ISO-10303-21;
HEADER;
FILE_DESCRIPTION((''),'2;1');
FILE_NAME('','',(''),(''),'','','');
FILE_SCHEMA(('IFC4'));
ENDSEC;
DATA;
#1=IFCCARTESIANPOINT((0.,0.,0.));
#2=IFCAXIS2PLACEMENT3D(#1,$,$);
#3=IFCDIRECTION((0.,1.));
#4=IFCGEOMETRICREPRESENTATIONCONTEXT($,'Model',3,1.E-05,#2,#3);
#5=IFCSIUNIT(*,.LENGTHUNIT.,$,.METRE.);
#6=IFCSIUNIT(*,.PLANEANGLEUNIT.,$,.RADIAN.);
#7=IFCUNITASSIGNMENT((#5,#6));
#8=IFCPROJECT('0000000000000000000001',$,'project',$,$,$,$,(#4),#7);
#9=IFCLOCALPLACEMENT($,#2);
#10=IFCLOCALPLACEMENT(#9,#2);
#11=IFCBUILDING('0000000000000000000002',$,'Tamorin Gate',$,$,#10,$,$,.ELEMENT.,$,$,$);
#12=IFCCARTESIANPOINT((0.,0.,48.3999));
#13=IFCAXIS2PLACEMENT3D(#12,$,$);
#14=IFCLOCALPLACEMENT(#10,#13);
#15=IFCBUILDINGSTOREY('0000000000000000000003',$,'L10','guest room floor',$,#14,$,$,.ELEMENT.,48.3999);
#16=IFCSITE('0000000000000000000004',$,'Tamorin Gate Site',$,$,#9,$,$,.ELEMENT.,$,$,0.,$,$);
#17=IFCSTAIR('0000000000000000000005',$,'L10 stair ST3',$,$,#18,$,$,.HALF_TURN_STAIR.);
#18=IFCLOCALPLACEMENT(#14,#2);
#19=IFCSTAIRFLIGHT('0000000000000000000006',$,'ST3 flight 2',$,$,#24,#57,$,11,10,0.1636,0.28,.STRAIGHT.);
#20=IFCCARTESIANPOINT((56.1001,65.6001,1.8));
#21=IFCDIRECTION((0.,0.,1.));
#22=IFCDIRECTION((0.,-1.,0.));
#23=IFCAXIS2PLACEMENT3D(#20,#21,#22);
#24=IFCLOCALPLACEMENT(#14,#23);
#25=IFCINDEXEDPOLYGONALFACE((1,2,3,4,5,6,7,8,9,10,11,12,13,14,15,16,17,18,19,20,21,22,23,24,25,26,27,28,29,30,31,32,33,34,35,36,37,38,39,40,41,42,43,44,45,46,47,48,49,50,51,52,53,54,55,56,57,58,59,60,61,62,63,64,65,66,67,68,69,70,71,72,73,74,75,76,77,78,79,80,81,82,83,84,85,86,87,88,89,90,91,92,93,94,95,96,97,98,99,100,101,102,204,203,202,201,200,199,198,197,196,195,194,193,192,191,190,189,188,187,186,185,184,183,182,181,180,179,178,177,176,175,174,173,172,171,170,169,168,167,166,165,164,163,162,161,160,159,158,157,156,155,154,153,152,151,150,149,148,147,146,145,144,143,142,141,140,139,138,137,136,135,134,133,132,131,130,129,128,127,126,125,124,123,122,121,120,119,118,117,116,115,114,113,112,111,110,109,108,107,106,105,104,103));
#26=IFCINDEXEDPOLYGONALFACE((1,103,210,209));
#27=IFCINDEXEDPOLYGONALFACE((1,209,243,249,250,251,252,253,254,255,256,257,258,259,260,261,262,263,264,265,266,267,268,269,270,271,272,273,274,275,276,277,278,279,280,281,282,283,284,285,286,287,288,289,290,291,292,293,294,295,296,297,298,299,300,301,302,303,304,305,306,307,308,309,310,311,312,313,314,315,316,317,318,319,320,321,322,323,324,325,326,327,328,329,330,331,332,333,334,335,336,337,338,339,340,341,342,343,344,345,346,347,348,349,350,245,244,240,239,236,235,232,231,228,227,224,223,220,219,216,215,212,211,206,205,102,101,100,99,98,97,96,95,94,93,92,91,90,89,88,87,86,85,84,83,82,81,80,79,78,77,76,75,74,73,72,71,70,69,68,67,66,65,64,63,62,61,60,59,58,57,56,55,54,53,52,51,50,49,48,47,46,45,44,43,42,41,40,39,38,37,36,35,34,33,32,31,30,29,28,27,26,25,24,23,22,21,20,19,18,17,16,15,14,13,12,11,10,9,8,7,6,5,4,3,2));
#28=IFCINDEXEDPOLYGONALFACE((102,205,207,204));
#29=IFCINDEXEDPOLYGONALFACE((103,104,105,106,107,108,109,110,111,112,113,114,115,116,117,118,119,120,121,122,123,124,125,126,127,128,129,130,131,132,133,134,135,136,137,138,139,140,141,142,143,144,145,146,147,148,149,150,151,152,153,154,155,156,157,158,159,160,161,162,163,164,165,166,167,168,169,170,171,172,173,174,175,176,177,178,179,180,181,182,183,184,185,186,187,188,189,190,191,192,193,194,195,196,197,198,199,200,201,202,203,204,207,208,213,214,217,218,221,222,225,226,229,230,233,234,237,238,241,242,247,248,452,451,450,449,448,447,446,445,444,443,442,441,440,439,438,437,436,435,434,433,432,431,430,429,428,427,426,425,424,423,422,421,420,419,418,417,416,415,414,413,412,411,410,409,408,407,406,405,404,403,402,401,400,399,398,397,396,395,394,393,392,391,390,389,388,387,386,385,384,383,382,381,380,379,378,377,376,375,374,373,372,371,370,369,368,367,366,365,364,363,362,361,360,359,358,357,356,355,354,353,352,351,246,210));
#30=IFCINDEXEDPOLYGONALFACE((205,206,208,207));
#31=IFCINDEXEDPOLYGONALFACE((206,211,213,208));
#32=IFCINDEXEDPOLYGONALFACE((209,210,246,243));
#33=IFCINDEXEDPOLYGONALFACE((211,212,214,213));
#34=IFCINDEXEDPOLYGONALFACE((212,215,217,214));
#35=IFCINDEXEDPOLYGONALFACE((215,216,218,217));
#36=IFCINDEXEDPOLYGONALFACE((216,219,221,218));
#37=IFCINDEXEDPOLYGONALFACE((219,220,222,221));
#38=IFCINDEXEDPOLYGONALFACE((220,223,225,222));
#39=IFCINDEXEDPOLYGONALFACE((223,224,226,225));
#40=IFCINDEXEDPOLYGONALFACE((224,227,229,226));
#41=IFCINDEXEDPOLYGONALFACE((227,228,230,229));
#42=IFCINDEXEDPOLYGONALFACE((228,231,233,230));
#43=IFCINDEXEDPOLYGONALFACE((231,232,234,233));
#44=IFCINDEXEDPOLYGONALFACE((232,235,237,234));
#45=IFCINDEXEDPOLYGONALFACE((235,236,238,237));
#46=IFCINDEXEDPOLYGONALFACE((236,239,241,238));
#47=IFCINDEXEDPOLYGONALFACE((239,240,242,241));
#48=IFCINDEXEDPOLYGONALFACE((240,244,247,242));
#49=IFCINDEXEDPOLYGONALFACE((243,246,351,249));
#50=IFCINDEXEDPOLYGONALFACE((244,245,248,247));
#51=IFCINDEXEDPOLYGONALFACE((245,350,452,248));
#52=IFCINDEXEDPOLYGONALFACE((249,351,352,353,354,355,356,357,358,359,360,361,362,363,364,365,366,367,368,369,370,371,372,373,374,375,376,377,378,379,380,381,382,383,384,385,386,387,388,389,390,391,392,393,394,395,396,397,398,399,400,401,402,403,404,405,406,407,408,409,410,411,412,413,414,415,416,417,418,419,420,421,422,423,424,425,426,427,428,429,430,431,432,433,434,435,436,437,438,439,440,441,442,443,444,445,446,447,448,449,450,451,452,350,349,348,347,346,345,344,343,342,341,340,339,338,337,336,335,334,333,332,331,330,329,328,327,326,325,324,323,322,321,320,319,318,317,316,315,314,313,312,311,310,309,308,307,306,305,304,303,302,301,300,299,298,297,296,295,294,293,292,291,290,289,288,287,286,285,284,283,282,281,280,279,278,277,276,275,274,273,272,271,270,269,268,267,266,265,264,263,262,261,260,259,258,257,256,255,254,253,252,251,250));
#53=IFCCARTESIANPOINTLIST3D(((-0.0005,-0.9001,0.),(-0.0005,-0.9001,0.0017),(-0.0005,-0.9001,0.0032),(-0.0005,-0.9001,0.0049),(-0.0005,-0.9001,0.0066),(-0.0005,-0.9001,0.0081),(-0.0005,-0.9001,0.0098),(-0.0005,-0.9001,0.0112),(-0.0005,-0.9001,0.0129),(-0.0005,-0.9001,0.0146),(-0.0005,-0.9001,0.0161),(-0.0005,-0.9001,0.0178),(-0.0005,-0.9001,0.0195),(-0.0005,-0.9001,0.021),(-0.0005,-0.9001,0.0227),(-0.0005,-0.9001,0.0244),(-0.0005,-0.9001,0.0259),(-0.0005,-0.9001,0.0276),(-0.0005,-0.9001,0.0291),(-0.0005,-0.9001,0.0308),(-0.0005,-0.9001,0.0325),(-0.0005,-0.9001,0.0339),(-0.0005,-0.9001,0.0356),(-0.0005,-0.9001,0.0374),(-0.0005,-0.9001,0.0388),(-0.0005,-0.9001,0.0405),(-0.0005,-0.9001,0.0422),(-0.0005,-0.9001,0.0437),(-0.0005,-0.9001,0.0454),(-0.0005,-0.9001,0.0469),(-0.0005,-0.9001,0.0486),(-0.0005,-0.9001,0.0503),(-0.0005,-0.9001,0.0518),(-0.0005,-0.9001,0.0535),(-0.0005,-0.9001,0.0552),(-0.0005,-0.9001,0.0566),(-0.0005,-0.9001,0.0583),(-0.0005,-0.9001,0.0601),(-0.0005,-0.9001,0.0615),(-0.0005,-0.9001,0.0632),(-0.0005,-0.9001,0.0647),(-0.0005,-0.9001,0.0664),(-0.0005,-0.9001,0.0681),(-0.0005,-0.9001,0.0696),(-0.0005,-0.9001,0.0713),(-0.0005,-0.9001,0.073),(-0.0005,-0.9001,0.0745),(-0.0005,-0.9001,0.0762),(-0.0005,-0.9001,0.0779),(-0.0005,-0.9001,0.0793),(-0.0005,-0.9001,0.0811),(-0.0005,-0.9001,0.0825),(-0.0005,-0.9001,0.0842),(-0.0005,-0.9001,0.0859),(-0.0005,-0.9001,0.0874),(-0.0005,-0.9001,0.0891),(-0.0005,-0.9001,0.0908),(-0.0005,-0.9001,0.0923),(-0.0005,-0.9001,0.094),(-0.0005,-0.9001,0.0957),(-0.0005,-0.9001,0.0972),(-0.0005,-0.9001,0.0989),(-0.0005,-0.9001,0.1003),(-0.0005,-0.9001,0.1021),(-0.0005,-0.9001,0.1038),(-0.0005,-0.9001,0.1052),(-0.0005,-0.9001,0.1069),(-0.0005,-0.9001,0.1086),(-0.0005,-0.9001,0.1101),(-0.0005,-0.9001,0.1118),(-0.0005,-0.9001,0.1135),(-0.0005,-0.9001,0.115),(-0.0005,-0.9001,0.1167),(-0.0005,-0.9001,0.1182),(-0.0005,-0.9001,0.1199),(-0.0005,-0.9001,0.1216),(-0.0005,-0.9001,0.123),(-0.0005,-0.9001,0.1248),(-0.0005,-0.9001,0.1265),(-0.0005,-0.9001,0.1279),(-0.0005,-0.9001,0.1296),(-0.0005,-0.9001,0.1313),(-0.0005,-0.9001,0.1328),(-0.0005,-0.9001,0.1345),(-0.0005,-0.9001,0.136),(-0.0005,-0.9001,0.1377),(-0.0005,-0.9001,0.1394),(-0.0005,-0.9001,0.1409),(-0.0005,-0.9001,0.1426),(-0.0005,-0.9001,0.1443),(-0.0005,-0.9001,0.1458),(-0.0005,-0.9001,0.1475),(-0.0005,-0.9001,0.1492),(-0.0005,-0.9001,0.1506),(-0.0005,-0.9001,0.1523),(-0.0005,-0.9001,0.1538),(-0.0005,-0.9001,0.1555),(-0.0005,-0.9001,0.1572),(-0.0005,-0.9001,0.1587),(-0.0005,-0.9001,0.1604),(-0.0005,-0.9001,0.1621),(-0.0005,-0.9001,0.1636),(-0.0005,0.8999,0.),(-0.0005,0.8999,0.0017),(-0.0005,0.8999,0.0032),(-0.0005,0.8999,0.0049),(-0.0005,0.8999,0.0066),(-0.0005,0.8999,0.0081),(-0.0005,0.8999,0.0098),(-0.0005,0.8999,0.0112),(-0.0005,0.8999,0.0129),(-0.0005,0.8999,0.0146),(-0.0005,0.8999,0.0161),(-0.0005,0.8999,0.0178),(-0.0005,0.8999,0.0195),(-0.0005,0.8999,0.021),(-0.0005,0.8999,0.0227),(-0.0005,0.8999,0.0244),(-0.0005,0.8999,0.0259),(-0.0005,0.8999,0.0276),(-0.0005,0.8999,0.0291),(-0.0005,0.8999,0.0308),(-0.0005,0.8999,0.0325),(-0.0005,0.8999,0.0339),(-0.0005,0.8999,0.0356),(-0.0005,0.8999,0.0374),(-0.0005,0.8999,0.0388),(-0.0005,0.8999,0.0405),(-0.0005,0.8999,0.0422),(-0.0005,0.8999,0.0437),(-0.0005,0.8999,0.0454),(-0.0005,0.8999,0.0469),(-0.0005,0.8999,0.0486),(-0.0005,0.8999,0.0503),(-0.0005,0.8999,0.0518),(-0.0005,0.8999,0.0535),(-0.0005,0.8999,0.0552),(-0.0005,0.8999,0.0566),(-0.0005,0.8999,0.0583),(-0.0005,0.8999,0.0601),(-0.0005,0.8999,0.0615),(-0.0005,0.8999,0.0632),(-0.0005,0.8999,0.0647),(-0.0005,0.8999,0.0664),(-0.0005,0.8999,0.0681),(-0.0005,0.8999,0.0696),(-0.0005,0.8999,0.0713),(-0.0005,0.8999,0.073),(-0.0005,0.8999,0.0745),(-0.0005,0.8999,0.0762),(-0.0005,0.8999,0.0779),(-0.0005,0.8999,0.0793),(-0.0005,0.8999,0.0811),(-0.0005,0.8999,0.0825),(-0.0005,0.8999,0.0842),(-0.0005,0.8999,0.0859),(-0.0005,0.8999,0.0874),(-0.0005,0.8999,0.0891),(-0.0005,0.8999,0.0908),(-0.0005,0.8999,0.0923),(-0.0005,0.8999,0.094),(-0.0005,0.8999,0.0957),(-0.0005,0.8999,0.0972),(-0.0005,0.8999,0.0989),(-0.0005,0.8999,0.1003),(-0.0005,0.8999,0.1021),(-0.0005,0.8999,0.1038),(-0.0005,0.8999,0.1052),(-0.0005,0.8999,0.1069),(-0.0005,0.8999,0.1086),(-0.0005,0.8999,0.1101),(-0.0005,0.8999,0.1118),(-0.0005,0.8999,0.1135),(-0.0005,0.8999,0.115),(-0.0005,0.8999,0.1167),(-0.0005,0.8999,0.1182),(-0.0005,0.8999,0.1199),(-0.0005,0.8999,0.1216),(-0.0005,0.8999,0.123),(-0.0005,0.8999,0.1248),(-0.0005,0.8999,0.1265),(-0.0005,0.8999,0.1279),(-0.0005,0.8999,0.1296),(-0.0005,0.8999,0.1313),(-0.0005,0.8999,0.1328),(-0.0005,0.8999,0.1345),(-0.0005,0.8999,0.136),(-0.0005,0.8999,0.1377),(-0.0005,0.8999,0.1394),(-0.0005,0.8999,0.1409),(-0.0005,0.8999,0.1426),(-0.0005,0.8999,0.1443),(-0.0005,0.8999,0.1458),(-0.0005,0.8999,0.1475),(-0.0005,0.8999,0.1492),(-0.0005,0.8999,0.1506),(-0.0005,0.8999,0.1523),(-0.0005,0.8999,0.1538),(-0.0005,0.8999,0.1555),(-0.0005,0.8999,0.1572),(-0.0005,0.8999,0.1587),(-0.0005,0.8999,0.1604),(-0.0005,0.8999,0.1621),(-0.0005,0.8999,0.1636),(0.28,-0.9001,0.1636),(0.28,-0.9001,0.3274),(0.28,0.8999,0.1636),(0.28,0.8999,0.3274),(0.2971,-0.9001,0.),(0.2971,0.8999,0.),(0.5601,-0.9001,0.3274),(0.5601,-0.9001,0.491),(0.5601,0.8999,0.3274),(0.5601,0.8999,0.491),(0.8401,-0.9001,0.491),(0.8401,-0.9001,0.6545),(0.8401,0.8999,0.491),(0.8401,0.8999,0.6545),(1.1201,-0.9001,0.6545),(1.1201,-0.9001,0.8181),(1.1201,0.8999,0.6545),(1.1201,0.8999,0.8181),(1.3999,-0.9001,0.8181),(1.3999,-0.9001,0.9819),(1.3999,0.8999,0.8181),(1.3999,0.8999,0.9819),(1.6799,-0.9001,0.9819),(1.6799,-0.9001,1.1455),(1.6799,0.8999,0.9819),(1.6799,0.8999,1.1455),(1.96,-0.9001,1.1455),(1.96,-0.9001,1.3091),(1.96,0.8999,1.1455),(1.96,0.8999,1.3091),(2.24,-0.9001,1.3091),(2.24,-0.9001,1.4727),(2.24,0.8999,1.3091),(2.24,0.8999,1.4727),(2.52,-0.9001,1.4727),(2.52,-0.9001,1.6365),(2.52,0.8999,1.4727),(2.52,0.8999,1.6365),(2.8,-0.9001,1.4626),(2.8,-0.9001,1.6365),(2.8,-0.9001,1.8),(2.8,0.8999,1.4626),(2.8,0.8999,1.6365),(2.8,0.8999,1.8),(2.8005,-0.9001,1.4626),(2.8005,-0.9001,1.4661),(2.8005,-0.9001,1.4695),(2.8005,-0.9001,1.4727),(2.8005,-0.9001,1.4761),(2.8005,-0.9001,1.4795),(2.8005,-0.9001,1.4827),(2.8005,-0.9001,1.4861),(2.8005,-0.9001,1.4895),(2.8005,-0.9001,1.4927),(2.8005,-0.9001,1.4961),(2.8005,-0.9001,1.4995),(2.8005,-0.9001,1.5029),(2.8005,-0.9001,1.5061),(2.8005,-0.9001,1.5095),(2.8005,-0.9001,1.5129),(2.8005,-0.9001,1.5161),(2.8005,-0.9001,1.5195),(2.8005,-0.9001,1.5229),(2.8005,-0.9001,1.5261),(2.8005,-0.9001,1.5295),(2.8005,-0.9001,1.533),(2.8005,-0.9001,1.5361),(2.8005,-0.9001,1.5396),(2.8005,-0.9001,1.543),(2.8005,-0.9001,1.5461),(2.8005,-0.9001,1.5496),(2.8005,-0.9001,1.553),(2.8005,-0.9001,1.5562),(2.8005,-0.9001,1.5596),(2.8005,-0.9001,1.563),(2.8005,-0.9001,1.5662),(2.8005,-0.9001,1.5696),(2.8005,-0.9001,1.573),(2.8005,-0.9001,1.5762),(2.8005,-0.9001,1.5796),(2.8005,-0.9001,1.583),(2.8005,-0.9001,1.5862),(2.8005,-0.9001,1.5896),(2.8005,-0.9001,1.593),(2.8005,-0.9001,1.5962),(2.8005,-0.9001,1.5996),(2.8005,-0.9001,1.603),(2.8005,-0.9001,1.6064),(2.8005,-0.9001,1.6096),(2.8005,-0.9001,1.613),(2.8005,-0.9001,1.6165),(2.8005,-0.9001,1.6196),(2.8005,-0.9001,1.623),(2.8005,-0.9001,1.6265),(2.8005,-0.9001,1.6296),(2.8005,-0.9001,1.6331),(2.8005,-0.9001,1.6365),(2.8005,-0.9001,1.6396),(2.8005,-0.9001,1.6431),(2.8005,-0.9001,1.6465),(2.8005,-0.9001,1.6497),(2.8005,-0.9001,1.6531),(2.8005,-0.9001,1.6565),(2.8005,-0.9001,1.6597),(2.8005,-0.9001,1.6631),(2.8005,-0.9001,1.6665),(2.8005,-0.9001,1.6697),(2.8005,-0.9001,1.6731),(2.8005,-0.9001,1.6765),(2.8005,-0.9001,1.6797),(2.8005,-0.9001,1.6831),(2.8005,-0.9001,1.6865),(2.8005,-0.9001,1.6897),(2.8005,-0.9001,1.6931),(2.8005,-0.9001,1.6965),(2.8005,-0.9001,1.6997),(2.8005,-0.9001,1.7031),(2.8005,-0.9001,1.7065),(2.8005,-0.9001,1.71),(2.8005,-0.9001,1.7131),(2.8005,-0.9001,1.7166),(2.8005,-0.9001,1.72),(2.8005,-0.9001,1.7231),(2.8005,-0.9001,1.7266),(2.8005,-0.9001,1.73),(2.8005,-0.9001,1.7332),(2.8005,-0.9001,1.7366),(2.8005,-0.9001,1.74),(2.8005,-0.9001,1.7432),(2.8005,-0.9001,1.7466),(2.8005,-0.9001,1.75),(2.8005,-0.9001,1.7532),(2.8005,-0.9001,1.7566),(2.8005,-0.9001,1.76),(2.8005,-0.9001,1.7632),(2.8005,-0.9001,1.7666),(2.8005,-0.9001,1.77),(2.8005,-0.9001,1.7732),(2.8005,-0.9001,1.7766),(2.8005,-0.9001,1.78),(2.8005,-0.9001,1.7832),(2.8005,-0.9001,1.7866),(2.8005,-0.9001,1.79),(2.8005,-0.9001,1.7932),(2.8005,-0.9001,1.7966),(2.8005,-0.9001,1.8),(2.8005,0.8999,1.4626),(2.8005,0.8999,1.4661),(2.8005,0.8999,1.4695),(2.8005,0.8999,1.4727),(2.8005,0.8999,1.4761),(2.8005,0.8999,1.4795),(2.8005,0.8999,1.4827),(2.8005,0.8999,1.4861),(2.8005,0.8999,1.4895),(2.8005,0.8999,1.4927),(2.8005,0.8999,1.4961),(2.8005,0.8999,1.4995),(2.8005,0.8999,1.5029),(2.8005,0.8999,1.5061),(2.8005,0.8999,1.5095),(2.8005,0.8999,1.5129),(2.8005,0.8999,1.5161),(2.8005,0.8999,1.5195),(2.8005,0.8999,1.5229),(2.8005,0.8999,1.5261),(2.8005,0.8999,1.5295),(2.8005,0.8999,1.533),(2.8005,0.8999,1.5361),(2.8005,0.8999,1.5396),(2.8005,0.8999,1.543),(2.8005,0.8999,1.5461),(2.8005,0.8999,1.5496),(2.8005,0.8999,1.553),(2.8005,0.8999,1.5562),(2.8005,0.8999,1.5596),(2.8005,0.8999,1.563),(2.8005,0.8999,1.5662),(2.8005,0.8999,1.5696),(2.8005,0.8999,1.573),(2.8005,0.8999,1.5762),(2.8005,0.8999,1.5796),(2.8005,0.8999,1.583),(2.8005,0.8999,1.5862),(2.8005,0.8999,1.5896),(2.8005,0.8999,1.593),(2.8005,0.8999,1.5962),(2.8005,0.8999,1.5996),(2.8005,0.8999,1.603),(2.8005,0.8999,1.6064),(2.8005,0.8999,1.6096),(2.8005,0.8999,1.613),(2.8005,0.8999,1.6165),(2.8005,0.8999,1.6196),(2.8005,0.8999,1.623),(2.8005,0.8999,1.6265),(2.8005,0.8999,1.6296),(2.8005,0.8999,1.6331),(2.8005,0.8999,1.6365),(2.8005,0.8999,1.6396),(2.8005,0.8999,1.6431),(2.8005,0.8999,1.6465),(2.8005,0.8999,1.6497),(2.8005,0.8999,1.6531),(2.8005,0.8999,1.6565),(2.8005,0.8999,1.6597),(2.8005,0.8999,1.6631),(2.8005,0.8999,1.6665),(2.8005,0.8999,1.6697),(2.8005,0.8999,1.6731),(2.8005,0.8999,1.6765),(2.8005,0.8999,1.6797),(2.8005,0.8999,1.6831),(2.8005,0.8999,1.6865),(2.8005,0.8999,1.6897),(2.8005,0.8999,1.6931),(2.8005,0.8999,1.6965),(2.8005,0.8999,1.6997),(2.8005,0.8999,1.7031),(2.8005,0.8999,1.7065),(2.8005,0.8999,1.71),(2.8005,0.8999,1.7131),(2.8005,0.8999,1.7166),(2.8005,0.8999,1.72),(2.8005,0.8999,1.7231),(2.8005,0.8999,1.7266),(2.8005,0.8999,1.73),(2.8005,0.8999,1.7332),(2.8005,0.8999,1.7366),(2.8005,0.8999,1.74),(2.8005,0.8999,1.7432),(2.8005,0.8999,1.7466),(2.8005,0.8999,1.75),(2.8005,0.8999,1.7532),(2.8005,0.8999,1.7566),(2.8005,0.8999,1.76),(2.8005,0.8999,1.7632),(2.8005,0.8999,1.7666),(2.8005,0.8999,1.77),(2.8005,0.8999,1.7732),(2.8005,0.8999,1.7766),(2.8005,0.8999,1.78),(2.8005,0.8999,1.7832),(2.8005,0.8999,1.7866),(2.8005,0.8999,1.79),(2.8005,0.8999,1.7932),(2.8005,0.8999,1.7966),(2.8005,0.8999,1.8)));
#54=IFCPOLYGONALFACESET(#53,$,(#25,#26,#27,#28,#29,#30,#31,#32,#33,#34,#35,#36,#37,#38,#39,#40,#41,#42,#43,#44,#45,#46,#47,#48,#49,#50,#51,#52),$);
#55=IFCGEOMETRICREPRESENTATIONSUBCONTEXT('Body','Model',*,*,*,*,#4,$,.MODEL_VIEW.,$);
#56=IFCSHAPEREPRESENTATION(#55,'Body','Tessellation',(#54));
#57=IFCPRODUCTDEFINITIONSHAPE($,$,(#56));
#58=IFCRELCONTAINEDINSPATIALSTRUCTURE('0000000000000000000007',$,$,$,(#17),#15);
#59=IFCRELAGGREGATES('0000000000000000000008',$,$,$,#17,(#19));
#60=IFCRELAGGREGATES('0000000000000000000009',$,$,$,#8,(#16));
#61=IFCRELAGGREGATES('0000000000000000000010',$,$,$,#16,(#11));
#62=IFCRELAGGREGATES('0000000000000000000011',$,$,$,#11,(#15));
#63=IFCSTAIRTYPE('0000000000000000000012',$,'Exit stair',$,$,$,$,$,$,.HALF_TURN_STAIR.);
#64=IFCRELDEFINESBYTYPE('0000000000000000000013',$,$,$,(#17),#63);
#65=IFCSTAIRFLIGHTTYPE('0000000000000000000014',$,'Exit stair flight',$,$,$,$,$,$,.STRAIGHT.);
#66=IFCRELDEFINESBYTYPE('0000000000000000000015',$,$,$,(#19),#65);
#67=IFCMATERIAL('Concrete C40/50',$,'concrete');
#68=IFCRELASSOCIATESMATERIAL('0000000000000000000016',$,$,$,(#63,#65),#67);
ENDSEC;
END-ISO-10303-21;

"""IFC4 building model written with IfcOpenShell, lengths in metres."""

from ifc_helpers import new_model, si_unit, direction, frame, origin, place, context, subcontext, project, spatial, polyline, outline, extrude, material, type_object, element, aggregate, save


model = new_model("IFC4")

# Units and contexts
model_context = context("Model", 3, precision=1e-05, world=origin(), true_north=direction((0.0, 1.0)))
body_context = subcontext(model_context, "Body", "Model", "MODEL_VIEW")
ifc_project = project(units=[si_unit("LENGTHUNIT", "METRE"), si_unit("PLANEANGLEUNIT", "RADIAN")], contexts=[model_context])

# Site, building, storey
site_placement = place(None, origin())
site = spatial("IfcSite", under=ifc_project, at=site_placement, Name="Tamorin Gate Site", CompositionType="ELEMENT", RefElevation=0.0)
building_placement = place(site_placement, origin())
building = spatial("IfcBuilding", under=site, at=building_placement, Name="Tamorin Gate", CompositionType="ELEMENT")
storey_placement = place(building_placement, frame((0.0, 0.0, 48.3999)))
storey = spatial("IfcBuildingStorey", under=building, at=storey_placement, Name="L10", Description="guest room floor", CompositionType="ELEMENT", Elevation=48.3999)

# Shared definitions
ifc_material_1 = material(Name="Concrete C40/50", Category="concrete")

# Stair, stair flight
stair_type = type_object("IfcStairType", Name="Exit stair", PredefinedType="HALF_TURN_STAIR", material=ifc_material_1)
stair_placement = place(storey_placement, origin())
stair = element("IfcStair", 1, at=stair_placement, inside=storey, type_object=stair_type, Name="L10 stair ST3", PredefinedType="HALF_TURN_STAIR")
stair_flight_type = type_object("IfcStairFlightType", Name="Exit stair flight", PredefinedType="STRAIGHT", material=ifc_material_1)
stair_flight_1_placement = place(storey_placement, frame((56.1001, 65.6001, 1.8), z_axis=(0.0, 0.0, 1.0), x_axis=(0.0, -1.0, 0.0)))
stair_flight_1 = element("IfcStairFlight", 2, at=stair_flight_1_placement, type_object=stair_flight_type, Name="ST3 flight 2", NumberOfRisers=11, NumberOfTreads=10, PredefinedType="STRAIGHT", RiserHeight=0.1636, TreadLength=0.28, context=body_context, shape_type="SweptSolid", body=[
    extrude(outline(polyline([(-0.0005, 0.0), (-0.0005, 0.0017), (-0.0005, 0.0032), (-0.0005, 0.0049), (-0.0005, 0.0066), (-0.0005, 0.0081), (-0.0005, 0.0098), (-0.0005, 0.0112), (-0.0005, 0.0129), (-0.0005, 0.0146), (-0.0005, 0.0161), (-0.0005, 0.0178), (-0.0005, 0.0195), (-0.0005, 0.021), (-0.0005, 0.0227), (-0.0005, 0.0244), (-0.0005, 0.0259), (-0.0005, 0.0276), (-0.0005, 0.0291), (-0.0005, 0.0308), (-0.0005, 0.0325), (-0.0005, 0.0339), (-0.0005, 0.0356), (-0.0005, 0.0374), (-0.0005, 0.0388), (-0.0005, 0.0405), (-0.0005, 0.0422), (-0.0005, 0.0437), (-0.0005, 0.0454), (-0.0005, 0.0469), (-0.0005, 0.0486), (-0.0005, 0.0503), (-0.0005, 0.0518), (-0.0005, 0.0535), (-0.0005, 0.0552), (-0.0005, 0.0566), (-0.0005, 0.0583), (-0.0005, 0.0601), (-0.0005, 0.0615), (-0.0005, 0.0632), (-0.0005, 0.0647), (-0.0005, 0.0664), (-0.0005, 0.0681), (-0.0005, 0.0696), (-0.0005, 0.0713), (-0.0005, 0.073), (-0.0005, 0.0745), (-0.0005, 0.0762), (-0.0005, 0.0779), (-0.0005, 0.0793), (-0.0005, 0.0811), (-0.0005, 0.0825), (-0.0005, 0.0842), (-0.0005, 0.0859), (-0.0005, 0.0874), (-0.0005, 0.0891), (-0.0005, 0.0908), (-0.0005, 0.0923), (-0.0005, 0.094), (-0.0005, 0.0957), (-0.0005, 0.0972), (-0.0005, 0.0989), (-0.0005, 0.1003), (-0.0005, 0.1021), (-0.0005, 0.1038), (-0.0005, 0.1052), (-0.0005, 0.1069), (-0.0005, 0.1086), (-0.0005, 0.1101), (-0.0005, 0.1118), (-0.0005, 0.1135), (-0.0005, 0.115), (-0.0005, 0.1167), (-0.0005, 0.1182), (-0.0005, 0.1199), (-0.0005, 0.1216), (-0.0005, 0.123), (-0.0005, 0.1248), (-0.0005, 0.1265), (-0.0005, 0.1279), (-0.0005, 0.1296), (-0.0005, 0.1313), (-0.0005, 0.1328), (-0.0005, 0.1345), (-0.0005, 0.136), (-0.0005, 0.1377), (-0.0005, 0.1394), (-0.0005, 0.1409), (-0.0005, 0.1426), (-0.0005, 0.1443), (-0.0005, 0.1458), (-0.0005, 0.1475), (-0.0005, 0.1492), (-0.0005, 0.1506), (-0.0005, 0.1523), (-0.0005, 0.1538), (-0.0005, 0.1555), (-0.0005, 0.1572), (-0.0005, 0.1587), (-0.0005, 0.1604), (-0.0005, 0.1621), (-0.0005, 0.1636), (0.28, 0.1636), (0.28, 0.3274), (0.5601, 0.3274), (0.5601, 0.491), (0.8401, 0.491), (0.8401, 0.6545), (1.1201, 0.6545), (1.1201, 0.8181), (1.3999, 0.8181), (1.3999, 0.9819), (1.6799, 0.9819), (1.6799, 1.1455), (1.96, 1.1455), (1.96, 1.3091), (2.24, 1.3091), (2.24, 1.4727), (2.52, 1.4727), (2.52, 1.6365), (2.8, 1.6365), (2.8, 1.8), (2.8005, 1.8), (2.8005, 1.7966), (2.8005, 1.7932), (2.8005, 1.79), (2.8005, 1.7866), (2.8005, 1.7832), (2.8005, 1.78), (2.8005, 1.7766), (2.8005, 1.7732), (2.8005, 1.77), (2.8005, 1.7666), (2.8005, 1.7632), (2.8005, 1.76), (2.8005, 1.7566), (2.8005, 1.7532), (2.8005, 1.75), (2.8005, 1.7466), (2.8005, 1.7432), (2.8005, 1.74), (2.8005, 1.7366), (2.8005, 1.7332), (2.8005, 1.73), (2.8005, 1.7266), (2.8005, 1.7231), (2.8005, 1.72), (2.8005, 1.7166), (2.8005, 1.7131), (2.8005, 1.71), (2.8005, 1.7065), (2.8005, 1.7031), (2.8005, 1.6997), (2.8005, 1.6965), (2.8005, 1.6931), (2.8005, 1.6897), (2.8005, 1.6865), (2.8005, 1.6831), (2.8005, 1.6797), (2.8005, 1.6765), (2.8005, 1.6731), (2.8005, 1.6697), (2.8005, 1.6665), (2.8005, 1.6631), (2.8005, 1.6597), (2.8005, 1.6565), (2.8005, 1.6531), (2.8005, 1.6497), (2.8005, 1.6465), (2.8005, 1.6431), (2.8005, 1.6396), (2.8005, 1.6365), (2.8005, 1.6331), (2.8005, 1.6296), (2.8005, 1.6265), (2.8005, 1.623), (2.8005, 1.6196), (2.8005, 1.6165), (2.8005, 1.613), (2.8005, 1.6096), (2.8005, 1.6064), (2.8005, 1.603), (2.8005, 1.5996), (2.8005, 1.5962), (2.8005, 1.593), (2.8005, 1.5896), (2.8005, 1.5862), (2.8005, 1.583), (2.8005, 1.5796), (2.8005, 1.5762), (2.8005, 1.573), (2.8005, 1.5696), (2.8005, 1.5662), (2.8005, 1.563), (2.8005, 1.5596), (2.8005, 1.5562), (2.8005, 1.553), (2.8005, 1.5496), (2.8005, 1.5461), (2.8005, 1.543), (2.8005, 1.5396), (2.8005, 1.5361), (2.8005, 1.533), (2.8005, 1.5295), (2.8005, 1.5261), (2.8005, 1.5229), (2.8005, 1.5195), (2.8005, 1.5161), (2.8005, 1.5129), (2.8005, 1.5095), (2.8005, 1.5061), (2.8005, 1.5029), (2.8005, 1.4995), (2.8005, 1.4961), (2.8005, 1.4927), (2.8005, 1.4895), (2.8005, 1.4861), (2.8005, 1.4827), (2.8005, 1.4795), (2.8005, 1.4761), (2.8005, 1.4727), (2.8005, 1.4695), (2.8005, 1.4661), (2.8005, 1.4626), (2.8, 1.4626), (0.2971, 0.0), (-0.0005, 0.0)])), frame((0.0, 0.8999, 0.0), z_axis=(0.0, -1.0, 0.0), x_axis=(1.0, 0.0, 0.0)), (0.0, 0.0, 1.0), 1.8),
])
aggregate(stair, [stair_flight_1])

save(model, "model.ifc")
